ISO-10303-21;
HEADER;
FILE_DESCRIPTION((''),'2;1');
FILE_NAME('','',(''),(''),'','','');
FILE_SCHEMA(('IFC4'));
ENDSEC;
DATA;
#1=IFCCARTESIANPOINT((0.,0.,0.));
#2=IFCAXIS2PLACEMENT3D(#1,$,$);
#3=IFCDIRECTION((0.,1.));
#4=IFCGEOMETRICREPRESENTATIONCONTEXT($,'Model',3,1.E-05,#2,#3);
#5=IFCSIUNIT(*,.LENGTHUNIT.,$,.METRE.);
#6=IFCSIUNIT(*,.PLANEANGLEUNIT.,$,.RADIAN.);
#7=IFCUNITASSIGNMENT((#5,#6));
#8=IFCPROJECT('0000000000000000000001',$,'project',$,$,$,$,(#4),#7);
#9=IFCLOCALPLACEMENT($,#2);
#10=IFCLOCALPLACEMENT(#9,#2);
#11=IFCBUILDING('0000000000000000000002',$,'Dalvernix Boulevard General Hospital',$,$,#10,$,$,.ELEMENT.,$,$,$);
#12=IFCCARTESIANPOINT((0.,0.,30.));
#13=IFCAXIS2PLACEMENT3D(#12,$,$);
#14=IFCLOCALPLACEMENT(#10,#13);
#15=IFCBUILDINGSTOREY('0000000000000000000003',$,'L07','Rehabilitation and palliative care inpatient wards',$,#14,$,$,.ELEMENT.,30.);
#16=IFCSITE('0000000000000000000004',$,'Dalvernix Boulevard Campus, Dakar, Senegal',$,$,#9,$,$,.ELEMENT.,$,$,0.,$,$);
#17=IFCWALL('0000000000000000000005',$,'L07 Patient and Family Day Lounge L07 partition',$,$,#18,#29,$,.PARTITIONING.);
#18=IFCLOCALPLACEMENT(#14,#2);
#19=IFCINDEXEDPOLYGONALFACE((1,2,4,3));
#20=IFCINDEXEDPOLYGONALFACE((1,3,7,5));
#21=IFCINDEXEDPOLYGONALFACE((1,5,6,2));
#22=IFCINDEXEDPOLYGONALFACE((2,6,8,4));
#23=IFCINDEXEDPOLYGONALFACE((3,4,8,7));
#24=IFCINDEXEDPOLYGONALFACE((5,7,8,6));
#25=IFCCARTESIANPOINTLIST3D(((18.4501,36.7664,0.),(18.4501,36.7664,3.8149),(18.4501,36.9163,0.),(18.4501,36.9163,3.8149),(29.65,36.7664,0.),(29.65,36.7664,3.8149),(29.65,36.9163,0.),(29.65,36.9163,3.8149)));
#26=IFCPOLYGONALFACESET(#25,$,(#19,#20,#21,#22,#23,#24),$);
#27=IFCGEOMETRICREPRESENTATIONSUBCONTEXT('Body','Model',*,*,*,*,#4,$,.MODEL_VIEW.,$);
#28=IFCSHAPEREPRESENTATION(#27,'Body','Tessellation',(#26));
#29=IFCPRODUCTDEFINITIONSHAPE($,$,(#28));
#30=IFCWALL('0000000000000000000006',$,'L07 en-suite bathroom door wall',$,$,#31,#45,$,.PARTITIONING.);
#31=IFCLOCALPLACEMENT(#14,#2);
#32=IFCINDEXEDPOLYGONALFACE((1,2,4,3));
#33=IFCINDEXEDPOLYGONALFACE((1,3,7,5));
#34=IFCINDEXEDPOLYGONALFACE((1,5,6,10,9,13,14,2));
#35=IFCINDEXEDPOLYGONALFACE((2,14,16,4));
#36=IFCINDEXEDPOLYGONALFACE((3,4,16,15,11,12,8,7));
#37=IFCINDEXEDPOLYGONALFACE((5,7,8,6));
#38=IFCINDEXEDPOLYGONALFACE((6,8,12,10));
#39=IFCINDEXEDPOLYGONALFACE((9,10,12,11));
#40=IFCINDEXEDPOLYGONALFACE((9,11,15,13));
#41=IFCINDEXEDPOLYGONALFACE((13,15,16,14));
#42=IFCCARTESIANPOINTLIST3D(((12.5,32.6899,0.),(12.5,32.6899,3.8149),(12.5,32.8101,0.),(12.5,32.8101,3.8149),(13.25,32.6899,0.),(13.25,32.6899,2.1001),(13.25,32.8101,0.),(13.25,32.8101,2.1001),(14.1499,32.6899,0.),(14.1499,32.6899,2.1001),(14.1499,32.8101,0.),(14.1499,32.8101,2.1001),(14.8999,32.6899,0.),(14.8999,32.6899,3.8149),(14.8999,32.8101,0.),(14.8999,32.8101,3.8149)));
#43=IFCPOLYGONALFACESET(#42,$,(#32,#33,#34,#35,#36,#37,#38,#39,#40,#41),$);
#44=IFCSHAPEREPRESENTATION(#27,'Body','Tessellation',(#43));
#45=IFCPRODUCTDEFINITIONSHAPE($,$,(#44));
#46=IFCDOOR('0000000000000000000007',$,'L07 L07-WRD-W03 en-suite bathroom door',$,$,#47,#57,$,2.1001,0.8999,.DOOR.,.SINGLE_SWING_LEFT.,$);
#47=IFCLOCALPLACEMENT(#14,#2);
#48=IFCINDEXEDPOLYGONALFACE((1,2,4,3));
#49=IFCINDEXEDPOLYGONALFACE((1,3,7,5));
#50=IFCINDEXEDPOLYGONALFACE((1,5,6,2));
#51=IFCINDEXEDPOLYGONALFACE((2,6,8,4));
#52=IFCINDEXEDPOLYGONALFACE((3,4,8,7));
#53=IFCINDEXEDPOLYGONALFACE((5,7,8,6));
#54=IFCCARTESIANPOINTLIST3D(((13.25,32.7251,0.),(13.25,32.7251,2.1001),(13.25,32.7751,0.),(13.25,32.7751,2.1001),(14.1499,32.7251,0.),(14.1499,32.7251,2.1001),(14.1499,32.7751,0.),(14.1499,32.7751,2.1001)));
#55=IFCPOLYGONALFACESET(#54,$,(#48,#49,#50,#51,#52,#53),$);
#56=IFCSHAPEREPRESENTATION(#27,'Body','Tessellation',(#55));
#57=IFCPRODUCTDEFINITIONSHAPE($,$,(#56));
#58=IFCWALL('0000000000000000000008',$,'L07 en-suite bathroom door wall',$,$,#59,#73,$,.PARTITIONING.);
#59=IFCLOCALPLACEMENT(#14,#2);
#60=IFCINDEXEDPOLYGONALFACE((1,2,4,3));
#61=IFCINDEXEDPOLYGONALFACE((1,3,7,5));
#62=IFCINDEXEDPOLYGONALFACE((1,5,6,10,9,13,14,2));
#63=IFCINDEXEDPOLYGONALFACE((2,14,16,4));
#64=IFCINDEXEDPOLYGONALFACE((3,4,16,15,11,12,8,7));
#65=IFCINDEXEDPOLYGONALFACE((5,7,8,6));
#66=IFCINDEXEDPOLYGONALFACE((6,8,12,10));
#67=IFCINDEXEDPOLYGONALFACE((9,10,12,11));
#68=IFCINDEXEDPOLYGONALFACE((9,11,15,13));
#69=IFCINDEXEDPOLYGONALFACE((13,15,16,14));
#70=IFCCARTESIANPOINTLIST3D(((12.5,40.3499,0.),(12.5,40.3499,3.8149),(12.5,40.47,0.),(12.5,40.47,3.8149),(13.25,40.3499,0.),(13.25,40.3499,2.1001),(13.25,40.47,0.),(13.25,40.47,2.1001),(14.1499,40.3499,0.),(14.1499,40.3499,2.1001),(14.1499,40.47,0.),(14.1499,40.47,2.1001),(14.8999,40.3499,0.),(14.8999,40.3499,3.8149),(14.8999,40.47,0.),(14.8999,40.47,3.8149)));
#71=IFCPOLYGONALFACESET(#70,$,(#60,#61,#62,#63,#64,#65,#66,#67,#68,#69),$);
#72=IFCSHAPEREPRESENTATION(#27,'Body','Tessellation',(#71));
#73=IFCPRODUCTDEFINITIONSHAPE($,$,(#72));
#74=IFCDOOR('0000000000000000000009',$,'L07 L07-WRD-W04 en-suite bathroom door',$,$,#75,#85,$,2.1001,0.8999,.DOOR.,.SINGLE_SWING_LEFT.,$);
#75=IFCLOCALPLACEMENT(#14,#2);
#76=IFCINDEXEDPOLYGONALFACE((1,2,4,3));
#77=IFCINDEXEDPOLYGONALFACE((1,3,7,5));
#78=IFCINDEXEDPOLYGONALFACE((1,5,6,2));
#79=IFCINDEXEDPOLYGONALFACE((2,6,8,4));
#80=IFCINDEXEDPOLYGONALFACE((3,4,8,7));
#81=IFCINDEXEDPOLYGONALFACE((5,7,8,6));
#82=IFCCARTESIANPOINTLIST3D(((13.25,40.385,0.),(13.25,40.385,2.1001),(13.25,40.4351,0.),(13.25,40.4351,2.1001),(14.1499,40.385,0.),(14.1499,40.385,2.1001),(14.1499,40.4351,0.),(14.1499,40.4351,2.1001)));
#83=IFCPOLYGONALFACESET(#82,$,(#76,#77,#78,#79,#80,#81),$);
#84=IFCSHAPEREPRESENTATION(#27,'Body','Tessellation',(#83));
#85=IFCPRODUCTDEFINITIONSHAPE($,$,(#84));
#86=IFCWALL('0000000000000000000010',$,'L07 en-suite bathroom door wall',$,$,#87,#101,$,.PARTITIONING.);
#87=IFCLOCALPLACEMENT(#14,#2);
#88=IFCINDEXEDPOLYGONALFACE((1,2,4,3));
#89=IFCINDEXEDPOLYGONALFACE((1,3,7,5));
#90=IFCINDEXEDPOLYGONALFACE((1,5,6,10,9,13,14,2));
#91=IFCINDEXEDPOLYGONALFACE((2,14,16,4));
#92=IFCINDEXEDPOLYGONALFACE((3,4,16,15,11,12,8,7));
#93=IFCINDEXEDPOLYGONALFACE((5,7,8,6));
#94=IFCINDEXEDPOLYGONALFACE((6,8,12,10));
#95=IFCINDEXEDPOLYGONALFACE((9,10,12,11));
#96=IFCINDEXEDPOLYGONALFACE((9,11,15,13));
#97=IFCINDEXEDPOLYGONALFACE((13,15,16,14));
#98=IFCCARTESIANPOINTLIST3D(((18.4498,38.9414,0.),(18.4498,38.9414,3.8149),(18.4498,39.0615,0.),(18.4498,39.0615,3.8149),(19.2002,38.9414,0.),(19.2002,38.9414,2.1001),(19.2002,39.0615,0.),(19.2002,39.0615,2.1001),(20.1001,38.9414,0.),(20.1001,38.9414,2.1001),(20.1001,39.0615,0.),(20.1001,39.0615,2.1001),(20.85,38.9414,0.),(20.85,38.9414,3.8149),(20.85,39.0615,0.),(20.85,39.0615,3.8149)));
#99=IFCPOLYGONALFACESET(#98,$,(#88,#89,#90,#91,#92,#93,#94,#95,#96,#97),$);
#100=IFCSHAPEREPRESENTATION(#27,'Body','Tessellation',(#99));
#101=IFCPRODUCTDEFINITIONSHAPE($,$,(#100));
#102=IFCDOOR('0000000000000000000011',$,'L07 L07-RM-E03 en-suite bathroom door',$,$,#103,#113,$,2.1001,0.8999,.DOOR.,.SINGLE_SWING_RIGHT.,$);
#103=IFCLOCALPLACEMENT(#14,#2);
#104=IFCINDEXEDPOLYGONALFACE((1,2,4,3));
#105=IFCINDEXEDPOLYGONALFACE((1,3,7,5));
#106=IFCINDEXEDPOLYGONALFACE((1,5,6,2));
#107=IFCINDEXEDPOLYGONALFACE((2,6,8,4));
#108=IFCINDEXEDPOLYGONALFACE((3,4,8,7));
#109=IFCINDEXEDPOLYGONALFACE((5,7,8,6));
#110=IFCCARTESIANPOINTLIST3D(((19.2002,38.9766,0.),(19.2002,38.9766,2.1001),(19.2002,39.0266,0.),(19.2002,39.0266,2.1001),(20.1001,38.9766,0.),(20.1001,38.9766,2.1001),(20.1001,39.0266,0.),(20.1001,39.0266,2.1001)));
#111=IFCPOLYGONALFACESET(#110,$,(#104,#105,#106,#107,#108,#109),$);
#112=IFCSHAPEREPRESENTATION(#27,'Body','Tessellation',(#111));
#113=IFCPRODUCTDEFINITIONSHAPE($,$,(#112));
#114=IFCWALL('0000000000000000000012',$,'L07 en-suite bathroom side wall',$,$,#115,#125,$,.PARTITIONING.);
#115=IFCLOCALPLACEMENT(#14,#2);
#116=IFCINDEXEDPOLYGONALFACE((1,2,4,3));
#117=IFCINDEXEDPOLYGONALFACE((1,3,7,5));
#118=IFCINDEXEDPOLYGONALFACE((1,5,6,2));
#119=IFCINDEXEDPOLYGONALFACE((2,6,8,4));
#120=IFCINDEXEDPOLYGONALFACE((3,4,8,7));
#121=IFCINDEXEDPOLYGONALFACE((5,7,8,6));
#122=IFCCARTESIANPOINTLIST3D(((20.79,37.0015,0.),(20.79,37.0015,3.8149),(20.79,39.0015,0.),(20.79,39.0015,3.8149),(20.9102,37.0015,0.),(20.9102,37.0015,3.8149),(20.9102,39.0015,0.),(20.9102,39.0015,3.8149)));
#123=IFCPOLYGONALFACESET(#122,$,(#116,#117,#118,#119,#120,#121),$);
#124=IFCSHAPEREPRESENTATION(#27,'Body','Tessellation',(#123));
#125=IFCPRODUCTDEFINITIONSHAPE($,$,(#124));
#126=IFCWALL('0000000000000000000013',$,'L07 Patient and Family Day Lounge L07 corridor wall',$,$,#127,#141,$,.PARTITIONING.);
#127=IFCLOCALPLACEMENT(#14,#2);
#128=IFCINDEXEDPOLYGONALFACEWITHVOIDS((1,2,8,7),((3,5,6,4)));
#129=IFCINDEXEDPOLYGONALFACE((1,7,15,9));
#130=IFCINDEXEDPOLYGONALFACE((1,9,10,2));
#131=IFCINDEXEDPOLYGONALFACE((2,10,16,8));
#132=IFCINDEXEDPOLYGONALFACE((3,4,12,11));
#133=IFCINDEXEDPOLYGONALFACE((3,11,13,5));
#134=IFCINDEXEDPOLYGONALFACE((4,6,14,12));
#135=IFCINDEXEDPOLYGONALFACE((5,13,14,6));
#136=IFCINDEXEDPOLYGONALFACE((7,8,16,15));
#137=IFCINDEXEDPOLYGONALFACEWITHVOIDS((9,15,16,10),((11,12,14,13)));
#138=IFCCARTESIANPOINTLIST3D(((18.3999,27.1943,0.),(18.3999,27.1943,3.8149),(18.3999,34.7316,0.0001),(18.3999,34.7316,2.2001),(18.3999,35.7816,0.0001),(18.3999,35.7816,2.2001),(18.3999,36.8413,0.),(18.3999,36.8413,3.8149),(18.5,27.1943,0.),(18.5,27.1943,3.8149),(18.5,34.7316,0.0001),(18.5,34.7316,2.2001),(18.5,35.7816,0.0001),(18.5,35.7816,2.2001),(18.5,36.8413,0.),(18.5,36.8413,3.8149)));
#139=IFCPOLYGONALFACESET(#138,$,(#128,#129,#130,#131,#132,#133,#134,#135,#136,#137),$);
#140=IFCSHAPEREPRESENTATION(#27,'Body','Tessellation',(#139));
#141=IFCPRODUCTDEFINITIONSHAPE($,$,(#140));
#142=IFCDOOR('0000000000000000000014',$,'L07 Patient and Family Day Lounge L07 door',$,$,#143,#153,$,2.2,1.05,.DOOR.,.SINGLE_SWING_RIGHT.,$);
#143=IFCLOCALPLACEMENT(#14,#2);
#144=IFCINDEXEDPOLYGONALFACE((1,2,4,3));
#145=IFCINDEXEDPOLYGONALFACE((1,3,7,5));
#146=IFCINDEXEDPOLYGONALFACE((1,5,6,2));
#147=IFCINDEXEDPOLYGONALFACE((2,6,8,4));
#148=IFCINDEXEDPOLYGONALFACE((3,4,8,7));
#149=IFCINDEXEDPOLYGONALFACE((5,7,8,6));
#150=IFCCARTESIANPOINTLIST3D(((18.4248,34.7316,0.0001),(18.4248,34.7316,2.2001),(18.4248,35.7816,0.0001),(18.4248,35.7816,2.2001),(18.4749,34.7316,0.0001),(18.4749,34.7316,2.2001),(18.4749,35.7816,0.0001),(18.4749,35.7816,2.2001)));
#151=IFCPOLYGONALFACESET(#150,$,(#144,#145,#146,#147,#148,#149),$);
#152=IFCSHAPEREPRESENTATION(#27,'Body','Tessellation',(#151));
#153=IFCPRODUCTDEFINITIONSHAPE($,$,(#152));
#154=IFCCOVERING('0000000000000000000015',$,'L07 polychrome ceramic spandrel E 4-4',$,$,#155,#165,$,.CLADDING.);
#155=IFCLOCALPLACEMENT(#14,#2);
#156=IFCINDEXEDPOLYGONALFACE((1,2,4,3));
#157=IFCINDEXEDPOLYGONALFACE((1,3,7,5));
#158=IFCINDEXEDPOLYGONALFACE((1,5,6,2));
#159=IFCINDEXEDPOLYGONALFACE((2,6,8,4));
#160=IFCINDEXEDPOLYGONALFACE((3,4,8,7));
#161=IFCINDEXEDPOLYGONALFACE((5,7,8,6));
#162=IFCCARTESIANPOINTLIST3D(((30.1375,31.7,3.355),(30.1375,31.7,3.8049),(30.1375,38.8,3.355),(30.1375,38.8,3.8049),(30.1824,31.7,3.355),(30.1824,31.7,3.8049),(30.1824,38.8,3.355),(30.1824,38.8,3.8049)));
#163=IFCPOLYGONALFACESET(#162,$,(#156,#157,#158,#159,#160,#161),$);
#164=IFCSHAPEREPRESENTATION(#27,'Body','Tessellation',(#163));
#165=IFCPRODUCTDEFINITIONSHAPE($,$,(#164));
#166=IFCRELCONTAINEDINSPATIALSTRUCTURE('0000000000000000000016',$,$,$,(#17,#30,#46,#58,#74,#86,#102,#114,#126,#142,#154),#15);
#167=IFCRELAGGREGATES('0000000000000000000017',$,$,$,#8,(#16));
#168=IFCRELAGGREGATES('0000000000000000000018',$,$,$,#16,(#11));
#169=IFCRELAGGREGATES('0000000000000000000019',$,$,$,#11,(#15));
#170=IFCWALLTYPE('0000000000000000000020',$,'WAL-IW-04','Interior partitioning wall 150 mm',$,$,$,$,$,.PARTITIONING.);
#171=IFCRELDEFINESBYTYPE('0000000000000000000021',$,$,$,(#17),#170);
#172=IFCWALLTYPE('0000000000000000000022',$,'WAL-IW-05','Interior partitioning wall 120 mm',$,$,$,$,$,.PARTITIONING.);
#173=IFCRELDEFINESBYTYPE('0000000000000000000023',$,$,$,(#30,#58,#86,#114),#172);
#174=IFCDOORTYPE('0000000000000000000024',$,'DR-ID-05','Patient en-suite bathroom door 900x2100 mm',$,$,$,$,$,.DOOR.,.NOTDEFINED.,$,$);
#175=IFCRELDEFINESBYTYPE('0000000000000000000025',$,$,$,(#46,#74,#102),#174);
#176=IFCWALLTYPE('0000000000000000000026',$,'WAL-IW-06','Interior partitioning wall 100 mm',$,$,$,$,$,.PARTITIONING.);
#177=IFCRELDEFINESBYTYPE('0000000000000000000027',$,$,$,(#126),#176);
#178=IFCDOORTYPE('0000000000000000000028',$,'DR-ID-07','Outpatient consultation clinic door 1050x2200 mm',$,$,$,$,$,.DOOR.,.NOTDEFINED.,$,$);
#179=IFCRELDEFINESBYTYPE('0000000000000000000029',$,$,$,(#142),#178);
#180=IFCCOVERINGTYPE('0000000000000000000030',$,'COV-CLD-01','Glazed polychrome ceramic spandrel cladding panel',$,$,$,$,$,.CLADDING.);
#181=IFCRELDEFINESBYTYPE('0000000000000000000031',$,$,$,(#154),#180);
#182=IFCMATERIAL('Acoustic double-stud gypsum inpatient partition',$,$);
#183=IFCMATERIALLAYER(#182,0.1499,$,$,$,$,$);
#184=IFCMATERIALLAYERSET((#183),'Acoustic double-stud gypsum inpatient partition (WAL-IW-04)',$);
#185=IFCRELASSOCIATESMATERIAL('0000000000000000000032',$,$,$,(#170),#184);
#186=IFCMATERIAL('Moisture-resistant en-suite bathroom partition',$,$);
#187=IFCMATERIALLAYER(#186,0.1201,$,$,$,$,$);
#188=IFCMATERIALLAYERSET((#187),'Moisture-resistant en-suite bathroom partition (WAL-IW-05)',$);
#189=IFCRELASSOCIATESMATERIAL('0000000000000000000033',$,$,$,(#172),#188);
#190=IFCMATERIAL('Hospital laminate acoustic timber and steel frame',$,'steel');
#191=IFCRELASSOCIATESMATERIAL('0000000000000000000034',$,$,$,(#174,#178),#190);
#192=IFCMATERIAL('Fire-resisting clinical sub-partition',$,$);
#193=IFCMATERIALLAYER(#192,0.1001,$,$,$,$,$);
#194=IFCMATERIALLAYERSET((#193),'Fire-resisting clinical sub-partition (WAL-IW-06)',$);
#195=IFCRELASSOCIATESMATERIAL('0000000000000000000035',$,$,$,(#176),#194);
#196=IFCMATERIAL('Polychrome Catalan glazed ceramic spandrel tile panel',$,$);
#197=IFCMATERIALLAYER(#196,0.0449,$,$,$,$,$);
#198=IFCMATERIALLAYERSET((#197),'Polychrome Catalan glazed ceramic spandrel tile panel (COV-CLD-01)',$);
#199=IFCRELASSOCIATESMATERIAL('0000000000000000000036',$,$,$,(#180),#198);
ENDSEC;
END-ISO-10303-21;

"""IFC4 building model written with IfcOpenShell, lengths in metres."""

from ifc_helpers import new_model, si_unit, direction, frame, frame_2d, origin, origin_2d, place, context, subcontext, project, spatial, rectangle, extrude, material, layer, layer_set, type_object, element, fill, save


model = new_model("IFC4")

# Units and contexts
model_context = context("Model", 3, precision=1e-05, world=origin(), true_north=direction((0.0, 1.0)))
body_context = subcontext(model_context, "Body", "Model", "MODEL_VIEW")
ifc_project = project(units=[si_unit("LENGTHUNIT", "METRE"), si_unit("PLANEANGLEUNIT", "RADIAN")], contexts=[model_context])

# Site, building, storey
site_placement = place(None, origin())
site = spatial("IfcSite", under=ifc_project, at=site_placement, Name="Dalvernix Boulevard Campus, Dakar, Senegal", CompositionType="ELEMENT", RefElevation=0.0)
building_placement = place(site_placement, origin())
building = spatial("IfcBuilding", under=site, at=building_placement, Name="Dalvernix Boulevard General Hospital", CompositionType="ELEMENT")
storey_placement = place(building_placement, frame((0.0, 0.0, 30.0)))
storey = spatial("IfcBuildingStorey", under=building, at=storey_placement, Name="L07", Description="Rehabilitation and palliative care inpatient wards", CompositionType="ELEMENT", Elevation=30.0)

# Shared definitions
ifc_material_1 = material(Name="Acoustic double-stud gypsum inpatient partition")
ifc_layer_1 = layer(ifc_material_1, 0.1499)
ifc_layer_set_1 = layer_set([ifc_layer_1], Name="Acoustic double-stud gypsum inpatient partition (WAL-IW-04)")
wall_type_1 = type_object("IfcWallType", Name="WAL-IW-04", Description="Interior partitioning wall 150 mm", PredefinedType="PARTITIONING", material=ifc_layer_set_1)
ifc_material_2 = material(Name="Hospital laminate acoustic timber and steel frame", Category="steel")

# Wall
wall_1_placement = place(storey_placement, frame((18.45, 36.8413, 0.0), z_axis=(0.0, 0.0, 1.0), x_axis=(1.0, 0.0, 0.0)))
element("IfcWall", 1, at=wall_1_placement, inside=storey, type_object=wall_type_1, Name="L07 Patient and Family Day Lounge L07 partition", PredefinedType="PARTITIONING", context=body_context, shape_type="SweptSolid", body=[
    extrude(rectangle(XDim=11.2, YDim=0.1499, at=frame_2d((5.6001, 0.0))), origin(), (0.0, 0.0, 1.0), 3.8149),
])

# Walls, openings, doors
ifc_material_3 = material(Name="Moisture-resistant en-suite bathroom partition")
ifc_layer_2 = layer(ifc_material_3, 0.1201)
ifc_layer_set_2 = layer_set([ifc_layer_2], Name="Moisture-resistant en-suite bathroom partition (WAL-IW-05)")
wall_type_2 = type_object("IfcWallType", Name="WAL-IW-05", Description="Interior partitioning wall 120 mm", PredefinedType="PARTITIONING", material=ifc_layer_set_2)
wall_2_placement = place(storey_placement, frame((14.8999, 32.75, 0.0), z_axis=(0.0, 0.0, 1.0), x_axis=(-1.0, 0.0, 0.0)))
wall_2 = element("IfcWall", 2, at=wall_2_placement, inside=storey, type_object=wall_type_2, Name="L07 en-suite bathroom door wall", PredefinedType="PARTITIONING", context=body_context, shape_type="SweptSolid", body=[
    extrude(rectangle(XDim=2.3999, YDim=0.1201, at=frame_2d((1.2, 0.0))), origin(), (0.0, 0.0, 1.0), 3.8149),
])
opening_1_placement = place(wall_2_placement, frame((0.75, 0.0, 0.0)))
opening_1 = element("IfcOpeningElement", 3, at=opening_1_placement, cuts=wall_2, PredefinedType="OPENING", context=body_context, shape_type="SweptSolid", body=[
    extrude(rectangle(XDim=0.8999, YDim=2.1001, at=frame_2d((0.45, 1.05))), frame((0.0, 0.0701, 0.0), z_axis=(0.0, -1.0, 0.0), x_axis=(1.0, 0.0, 0.0)), (0.0, 0.0, 1.0), 0.1401),
])
door_type_1 = type_object("IfcDoorType", Name="DR-ID-05", Description="Patient en-suite bathroom door 900x2100 mm", OperationType="NOTDEFINED", PredefinedType="DOOR", material=ifc_material_2)
door_1_placement = place(opening_1_placement, origin())
door_1 = element("IfcDoor", 4, at=door_1_placement, inside=storey, type_object=door_type_1, Name="L07 L07-WRD-W03 en-suite bathroom door", OperationType="SINGLE_SWING_LEFT", OverallHeight=2.1001, OverallWidth=0.8999, PredefinedType="DOOR", context=body_context, shape_type="SweptSolid", body=[
    extrude(rectangle(XDim=0.8999, YDim=2.1001, at=frame_2d((0.45, 1.05))), frame((0.0, 0.0249, 0.0), z_axis=(0.0, -1.0, 0.0), x_axis=(1.0, 0.0, 0.0)), (0.0, 0.0, 1.0), 0.05),
])
fill(opening_1, door_1)
wall_3_placement = place(storey_placement, frame((14.8999, 40.4099, 0.0), z_axis=(0.0, 0.0, 1.0), x_axis=(-1.0, 0.0, 0.0)))
wall_3 = element("IfcWall", 5, at=wall_3_placement, inside=storey, type_object=wall_type_2, Name="L07 en-suite bathroom door wall", PredefinedType="PARTITIONING", context=body_context, shape_type="SweptSolid", body=[
    extrude(rectangle(XDim=2.3999, YDim=0.1201, at=frame_2d((1.2, 0.0))), origin(), (0.0, 0.0, 1.0), 3.8149),
])
opening_2_placement = place(wall_3_placement, frame((0.75, 0.0, 0.0)))
opening_2 = element("IfcOpeningElement", 6, at=opening_2_placement, cuts=wall_3, PredefinedType="OPENING", context=body_context, shape_type="SweptSolid", body=[
    extrude(rectangle(XDim=0.8999, YDim=2.1001, at=frame_2d((0.45, 1.05))), frame((0.0, 0.0701, 0.0), z_axis=(0.0, -1.0, 0.0), x_axis=(1.0, 0.0, 0.0)), (0.0, 0.0, 1.0), 0.1401),
])
door_2_placement = place(opening_2_placement, origin())
door_2 = element("IfcDoor", 7, at=door_2_placement, inside=storey, type_object=door_type_1, Name="L07 L07-WRD-W04 en-suite bathroom door", OperationType="SINGLE_SWING_LEFT", OverallHeight=2.1001, OverallWidth=0.8999, PredefinedType="DOOR", context=body_context, shape_type="SweptSolid", body=[
    extrude(rectangle(XDim=0.8999, YDim=2.1001, at=frame_2d((0.45, 1.05))), frame((0.0, 0.0249, 0.0), z_axis=(0.0, -1.0, 0.0), x_axis=(1.0, 0.0, 0.0)), (0.0, 0.0, 1.0), 0.05),
])
fill(opening_2, door_2)
wall_4_placement = place(storey_placement, frame((20.8501, 39.0015, 0.0), z_axis=(0.0, 0.0, 1.0), x_axis=(-1.0, 0.0, 0.0)))
wall_4 = element("IfcWall", 8, at=wall_4_placement, inside=storey, type_object=wall_type_2, Name="L07 en-suite bathroom door wall", PredefinedType="PARTITIONING", context=body_context, shape_type="SweptSolid", body=[
    extrude(rectangle(XDim=2.4001, YDim=0.1201, at=frame_2d((1.2002, 0.0))), origin(), (0.0, 0.0, 1.0), 3.8149),
])
opening_3_placement = place(wall_4_placement, frame((0.75, 0.0, 0.0)))
opening_3 = element("IfcOpeningElement", 9, at=opening_3_placement, cuts=wall_4, PredefinedType="OPENING", context=body_context, shape_type="SweptSolid", body=[
    extrude(rectangle(XDim=0.8999, YDim=2.1001, at=frame_2d((0.45, 1.05))), frame((0.0, 0.0701, 0.0), z_axis=(0.0, -1.0, 0.0), x_axis=(1.0, 0.0, 0.0)), (0.0, 0.0, 1.0), 0.1401),
])
door_3_placement = place(opening_3_placement, origin())
door_3 = element("IfcDoor", 10, at=door_3_placement, inside=storey, type_object=door_type_1, Name="L07 L07-RM-E03 en-suite bathroom door", OperationType="SINGLE_SWING_RIGHT", OverallHeight=2.1001, OverallWidth=0.8999, PredefinedType="DOOR", context=body_context, shape_type="SweptSolid", body=[
    extrude(rectangle(XDim=0.8999, YDim=2.1001, at=frame_2d((0.45, 1.05))), frame((0.0, 0.0249, 0.0), z_axis=(0.0, -1.0, 0.0), x_axis=(1.0, 0.0, 0.0)), (0.0, 0.0, 1.0), 0.05),
])
fill(opening_3, door_3)

# Wall
wall_5_placement = place(storey_placement, frame((20.8501, 37.0015, 0.0), z_axis=(0.0, 0.0, 1.0), x_axis=(0.0, 1.0, 0.0)))
element("IfcWall", 11, at=wall_5_placement, inside=storey, type_object=wall_type_2, Name="L07 en-suite bathroom side wall", PredefinedType="PARTITIONING", context=body_context, shape_type="SweptSolid", body=[
    extrude(rectangle(XDim=2.0, YDim=0.1201, at=frame_2d((1.0, 0.0))), origin(), (0.0, 0.0, 1.0), 3.8149),
])

# Wall, opening, door
ifc_material_4 = material(Name="Fire-resisting clinical sub-partition")
ifc_layer_3 = layer(ifc_material_4, 0.1001)
ifc_layer_set_3 = layer_set([ifc_layer_3], Name="Fire-resisting clinical sub-partition (WAL-IW-06)")
wall_type_3 = type_object("IfcWallType", Name="WAL-IW-06", Description="Interior partitioning wall 100 mm", PredefinedType="PARTITIONING", material=ifc_layer_set_3)
wall_6_placement = place(storey_placement, frame((18.45, 36.8413, 0.0), z_axis=(0.0, 0.0, 1.0), x_axis=(0.0, -1.0, 0.0)))
wall_6 = element("IfcWall", 12, at=wall_6_placement, inside=storey, type_object=wall_type_3, Name="L07 Patient and Family Day Lounge L07 corridor wall", PredefinedType="PARTITIONING", context=body_context, shape_type="SweptSolid", body=[
    extrude(rectangle(XDim=9.647, YDim=0.1001, at=frame_2d((4.8235, 0.0))), origin(), (0.0, 0.0, 1.0), 3.8149),
])
opening_4_placement = place(wall_6_placement, frame((1.0598, 0.0, 0.0)))
opening_4 = element("IfcOpeningElement", 13, at=opening_4_placement, cuts=wall_6, PredefinedType="OPENING", context=body_context, shape_type="SweptSolid", body=[
    extrude(rectangle(XDim=1.05, YDim=2.2, at=frame_2d((0.5249, 1.1001))), frame((0.0, 0.0601, 0.0), z_axis=(0.0, -1.0, 0.0), x_axis=(1.0, 0.0, 0.0)), (0.0, 0.0, 1.0), 0.1201),
])
door_type_2 = type_object("IfcDoorType", Name="DR-ID-07", Description="Outpatient consultation clinic door 1050x2200 mm", OperationType="NOTDEFINED", PredefinedType="DOOR", material=ifc_material_2)
door_4_placement = place(opening_4_placement, origin())
door_4 = element("IfcDoor", 14, at=door_4_placement, inside=storey, type_object=door_type_2, Name="L07 Patient and Family Day Lounge L07 door", OperationType="SINGLE_SWING_RIGHT", OverallHeight=2.2, OverallWidth=1.05, PredefinedType="DOOR", context=body_context, shape_type="SweptSolid", body=[
    extrude(rectangle(XDim=1.05, YDim=2.2, at=frame_2d((0.5249, 1.1001))), frame((0.0, 0.0249, 0.0), z_axis=(0.0, -1.0, 0.0), x_axis=(1.0, 0.0, 0.0)), (0.0, 0.0, 1.0), 0.05),
])
fill(opening_4, door_4)

# Covering
ifc_material_5 = material(Name="Polychrome Catalan glazed ceramic spandrel tile panel")
ifc_layer_4 = layer(ifc_material_5, 0.0449)
ifc_layer_set_4 = layer_set([ifc_layer_4], Name="Polychrome Catalan glazed ceramic spandrel tile panel (COV-CLD-01)")
covering_type = type_object("IfcCoveringType", Name="COV-CLD-01", Description="Glazed polychrome ceramic spandrel cladding panel", PredefinedType="CLADDING", material=ifc_layer_set_4)
covering_placement = place(storey_placement, frame((30.1599, 35.25, 3.355), z_axis=(0.0, 0.0, 1.0), x_axis=(0.0, -1.0, 0.0)))
element("IfcCovering", 15, at=covering_placement, inside=storey, type_object=covering_type, Name="L07 polychrome ceramic spandrel E 4-4", PredefinedType="CLADDING", context=body_context, shape_type="SweptSolid", body=[
    extrude(rectangle(XDim=7.1001, YDim=0.0449, at=origin_2d()), origin(), (0.0, 0.0, 1.0), 0.45),
])

save(model, "model.ifc")
